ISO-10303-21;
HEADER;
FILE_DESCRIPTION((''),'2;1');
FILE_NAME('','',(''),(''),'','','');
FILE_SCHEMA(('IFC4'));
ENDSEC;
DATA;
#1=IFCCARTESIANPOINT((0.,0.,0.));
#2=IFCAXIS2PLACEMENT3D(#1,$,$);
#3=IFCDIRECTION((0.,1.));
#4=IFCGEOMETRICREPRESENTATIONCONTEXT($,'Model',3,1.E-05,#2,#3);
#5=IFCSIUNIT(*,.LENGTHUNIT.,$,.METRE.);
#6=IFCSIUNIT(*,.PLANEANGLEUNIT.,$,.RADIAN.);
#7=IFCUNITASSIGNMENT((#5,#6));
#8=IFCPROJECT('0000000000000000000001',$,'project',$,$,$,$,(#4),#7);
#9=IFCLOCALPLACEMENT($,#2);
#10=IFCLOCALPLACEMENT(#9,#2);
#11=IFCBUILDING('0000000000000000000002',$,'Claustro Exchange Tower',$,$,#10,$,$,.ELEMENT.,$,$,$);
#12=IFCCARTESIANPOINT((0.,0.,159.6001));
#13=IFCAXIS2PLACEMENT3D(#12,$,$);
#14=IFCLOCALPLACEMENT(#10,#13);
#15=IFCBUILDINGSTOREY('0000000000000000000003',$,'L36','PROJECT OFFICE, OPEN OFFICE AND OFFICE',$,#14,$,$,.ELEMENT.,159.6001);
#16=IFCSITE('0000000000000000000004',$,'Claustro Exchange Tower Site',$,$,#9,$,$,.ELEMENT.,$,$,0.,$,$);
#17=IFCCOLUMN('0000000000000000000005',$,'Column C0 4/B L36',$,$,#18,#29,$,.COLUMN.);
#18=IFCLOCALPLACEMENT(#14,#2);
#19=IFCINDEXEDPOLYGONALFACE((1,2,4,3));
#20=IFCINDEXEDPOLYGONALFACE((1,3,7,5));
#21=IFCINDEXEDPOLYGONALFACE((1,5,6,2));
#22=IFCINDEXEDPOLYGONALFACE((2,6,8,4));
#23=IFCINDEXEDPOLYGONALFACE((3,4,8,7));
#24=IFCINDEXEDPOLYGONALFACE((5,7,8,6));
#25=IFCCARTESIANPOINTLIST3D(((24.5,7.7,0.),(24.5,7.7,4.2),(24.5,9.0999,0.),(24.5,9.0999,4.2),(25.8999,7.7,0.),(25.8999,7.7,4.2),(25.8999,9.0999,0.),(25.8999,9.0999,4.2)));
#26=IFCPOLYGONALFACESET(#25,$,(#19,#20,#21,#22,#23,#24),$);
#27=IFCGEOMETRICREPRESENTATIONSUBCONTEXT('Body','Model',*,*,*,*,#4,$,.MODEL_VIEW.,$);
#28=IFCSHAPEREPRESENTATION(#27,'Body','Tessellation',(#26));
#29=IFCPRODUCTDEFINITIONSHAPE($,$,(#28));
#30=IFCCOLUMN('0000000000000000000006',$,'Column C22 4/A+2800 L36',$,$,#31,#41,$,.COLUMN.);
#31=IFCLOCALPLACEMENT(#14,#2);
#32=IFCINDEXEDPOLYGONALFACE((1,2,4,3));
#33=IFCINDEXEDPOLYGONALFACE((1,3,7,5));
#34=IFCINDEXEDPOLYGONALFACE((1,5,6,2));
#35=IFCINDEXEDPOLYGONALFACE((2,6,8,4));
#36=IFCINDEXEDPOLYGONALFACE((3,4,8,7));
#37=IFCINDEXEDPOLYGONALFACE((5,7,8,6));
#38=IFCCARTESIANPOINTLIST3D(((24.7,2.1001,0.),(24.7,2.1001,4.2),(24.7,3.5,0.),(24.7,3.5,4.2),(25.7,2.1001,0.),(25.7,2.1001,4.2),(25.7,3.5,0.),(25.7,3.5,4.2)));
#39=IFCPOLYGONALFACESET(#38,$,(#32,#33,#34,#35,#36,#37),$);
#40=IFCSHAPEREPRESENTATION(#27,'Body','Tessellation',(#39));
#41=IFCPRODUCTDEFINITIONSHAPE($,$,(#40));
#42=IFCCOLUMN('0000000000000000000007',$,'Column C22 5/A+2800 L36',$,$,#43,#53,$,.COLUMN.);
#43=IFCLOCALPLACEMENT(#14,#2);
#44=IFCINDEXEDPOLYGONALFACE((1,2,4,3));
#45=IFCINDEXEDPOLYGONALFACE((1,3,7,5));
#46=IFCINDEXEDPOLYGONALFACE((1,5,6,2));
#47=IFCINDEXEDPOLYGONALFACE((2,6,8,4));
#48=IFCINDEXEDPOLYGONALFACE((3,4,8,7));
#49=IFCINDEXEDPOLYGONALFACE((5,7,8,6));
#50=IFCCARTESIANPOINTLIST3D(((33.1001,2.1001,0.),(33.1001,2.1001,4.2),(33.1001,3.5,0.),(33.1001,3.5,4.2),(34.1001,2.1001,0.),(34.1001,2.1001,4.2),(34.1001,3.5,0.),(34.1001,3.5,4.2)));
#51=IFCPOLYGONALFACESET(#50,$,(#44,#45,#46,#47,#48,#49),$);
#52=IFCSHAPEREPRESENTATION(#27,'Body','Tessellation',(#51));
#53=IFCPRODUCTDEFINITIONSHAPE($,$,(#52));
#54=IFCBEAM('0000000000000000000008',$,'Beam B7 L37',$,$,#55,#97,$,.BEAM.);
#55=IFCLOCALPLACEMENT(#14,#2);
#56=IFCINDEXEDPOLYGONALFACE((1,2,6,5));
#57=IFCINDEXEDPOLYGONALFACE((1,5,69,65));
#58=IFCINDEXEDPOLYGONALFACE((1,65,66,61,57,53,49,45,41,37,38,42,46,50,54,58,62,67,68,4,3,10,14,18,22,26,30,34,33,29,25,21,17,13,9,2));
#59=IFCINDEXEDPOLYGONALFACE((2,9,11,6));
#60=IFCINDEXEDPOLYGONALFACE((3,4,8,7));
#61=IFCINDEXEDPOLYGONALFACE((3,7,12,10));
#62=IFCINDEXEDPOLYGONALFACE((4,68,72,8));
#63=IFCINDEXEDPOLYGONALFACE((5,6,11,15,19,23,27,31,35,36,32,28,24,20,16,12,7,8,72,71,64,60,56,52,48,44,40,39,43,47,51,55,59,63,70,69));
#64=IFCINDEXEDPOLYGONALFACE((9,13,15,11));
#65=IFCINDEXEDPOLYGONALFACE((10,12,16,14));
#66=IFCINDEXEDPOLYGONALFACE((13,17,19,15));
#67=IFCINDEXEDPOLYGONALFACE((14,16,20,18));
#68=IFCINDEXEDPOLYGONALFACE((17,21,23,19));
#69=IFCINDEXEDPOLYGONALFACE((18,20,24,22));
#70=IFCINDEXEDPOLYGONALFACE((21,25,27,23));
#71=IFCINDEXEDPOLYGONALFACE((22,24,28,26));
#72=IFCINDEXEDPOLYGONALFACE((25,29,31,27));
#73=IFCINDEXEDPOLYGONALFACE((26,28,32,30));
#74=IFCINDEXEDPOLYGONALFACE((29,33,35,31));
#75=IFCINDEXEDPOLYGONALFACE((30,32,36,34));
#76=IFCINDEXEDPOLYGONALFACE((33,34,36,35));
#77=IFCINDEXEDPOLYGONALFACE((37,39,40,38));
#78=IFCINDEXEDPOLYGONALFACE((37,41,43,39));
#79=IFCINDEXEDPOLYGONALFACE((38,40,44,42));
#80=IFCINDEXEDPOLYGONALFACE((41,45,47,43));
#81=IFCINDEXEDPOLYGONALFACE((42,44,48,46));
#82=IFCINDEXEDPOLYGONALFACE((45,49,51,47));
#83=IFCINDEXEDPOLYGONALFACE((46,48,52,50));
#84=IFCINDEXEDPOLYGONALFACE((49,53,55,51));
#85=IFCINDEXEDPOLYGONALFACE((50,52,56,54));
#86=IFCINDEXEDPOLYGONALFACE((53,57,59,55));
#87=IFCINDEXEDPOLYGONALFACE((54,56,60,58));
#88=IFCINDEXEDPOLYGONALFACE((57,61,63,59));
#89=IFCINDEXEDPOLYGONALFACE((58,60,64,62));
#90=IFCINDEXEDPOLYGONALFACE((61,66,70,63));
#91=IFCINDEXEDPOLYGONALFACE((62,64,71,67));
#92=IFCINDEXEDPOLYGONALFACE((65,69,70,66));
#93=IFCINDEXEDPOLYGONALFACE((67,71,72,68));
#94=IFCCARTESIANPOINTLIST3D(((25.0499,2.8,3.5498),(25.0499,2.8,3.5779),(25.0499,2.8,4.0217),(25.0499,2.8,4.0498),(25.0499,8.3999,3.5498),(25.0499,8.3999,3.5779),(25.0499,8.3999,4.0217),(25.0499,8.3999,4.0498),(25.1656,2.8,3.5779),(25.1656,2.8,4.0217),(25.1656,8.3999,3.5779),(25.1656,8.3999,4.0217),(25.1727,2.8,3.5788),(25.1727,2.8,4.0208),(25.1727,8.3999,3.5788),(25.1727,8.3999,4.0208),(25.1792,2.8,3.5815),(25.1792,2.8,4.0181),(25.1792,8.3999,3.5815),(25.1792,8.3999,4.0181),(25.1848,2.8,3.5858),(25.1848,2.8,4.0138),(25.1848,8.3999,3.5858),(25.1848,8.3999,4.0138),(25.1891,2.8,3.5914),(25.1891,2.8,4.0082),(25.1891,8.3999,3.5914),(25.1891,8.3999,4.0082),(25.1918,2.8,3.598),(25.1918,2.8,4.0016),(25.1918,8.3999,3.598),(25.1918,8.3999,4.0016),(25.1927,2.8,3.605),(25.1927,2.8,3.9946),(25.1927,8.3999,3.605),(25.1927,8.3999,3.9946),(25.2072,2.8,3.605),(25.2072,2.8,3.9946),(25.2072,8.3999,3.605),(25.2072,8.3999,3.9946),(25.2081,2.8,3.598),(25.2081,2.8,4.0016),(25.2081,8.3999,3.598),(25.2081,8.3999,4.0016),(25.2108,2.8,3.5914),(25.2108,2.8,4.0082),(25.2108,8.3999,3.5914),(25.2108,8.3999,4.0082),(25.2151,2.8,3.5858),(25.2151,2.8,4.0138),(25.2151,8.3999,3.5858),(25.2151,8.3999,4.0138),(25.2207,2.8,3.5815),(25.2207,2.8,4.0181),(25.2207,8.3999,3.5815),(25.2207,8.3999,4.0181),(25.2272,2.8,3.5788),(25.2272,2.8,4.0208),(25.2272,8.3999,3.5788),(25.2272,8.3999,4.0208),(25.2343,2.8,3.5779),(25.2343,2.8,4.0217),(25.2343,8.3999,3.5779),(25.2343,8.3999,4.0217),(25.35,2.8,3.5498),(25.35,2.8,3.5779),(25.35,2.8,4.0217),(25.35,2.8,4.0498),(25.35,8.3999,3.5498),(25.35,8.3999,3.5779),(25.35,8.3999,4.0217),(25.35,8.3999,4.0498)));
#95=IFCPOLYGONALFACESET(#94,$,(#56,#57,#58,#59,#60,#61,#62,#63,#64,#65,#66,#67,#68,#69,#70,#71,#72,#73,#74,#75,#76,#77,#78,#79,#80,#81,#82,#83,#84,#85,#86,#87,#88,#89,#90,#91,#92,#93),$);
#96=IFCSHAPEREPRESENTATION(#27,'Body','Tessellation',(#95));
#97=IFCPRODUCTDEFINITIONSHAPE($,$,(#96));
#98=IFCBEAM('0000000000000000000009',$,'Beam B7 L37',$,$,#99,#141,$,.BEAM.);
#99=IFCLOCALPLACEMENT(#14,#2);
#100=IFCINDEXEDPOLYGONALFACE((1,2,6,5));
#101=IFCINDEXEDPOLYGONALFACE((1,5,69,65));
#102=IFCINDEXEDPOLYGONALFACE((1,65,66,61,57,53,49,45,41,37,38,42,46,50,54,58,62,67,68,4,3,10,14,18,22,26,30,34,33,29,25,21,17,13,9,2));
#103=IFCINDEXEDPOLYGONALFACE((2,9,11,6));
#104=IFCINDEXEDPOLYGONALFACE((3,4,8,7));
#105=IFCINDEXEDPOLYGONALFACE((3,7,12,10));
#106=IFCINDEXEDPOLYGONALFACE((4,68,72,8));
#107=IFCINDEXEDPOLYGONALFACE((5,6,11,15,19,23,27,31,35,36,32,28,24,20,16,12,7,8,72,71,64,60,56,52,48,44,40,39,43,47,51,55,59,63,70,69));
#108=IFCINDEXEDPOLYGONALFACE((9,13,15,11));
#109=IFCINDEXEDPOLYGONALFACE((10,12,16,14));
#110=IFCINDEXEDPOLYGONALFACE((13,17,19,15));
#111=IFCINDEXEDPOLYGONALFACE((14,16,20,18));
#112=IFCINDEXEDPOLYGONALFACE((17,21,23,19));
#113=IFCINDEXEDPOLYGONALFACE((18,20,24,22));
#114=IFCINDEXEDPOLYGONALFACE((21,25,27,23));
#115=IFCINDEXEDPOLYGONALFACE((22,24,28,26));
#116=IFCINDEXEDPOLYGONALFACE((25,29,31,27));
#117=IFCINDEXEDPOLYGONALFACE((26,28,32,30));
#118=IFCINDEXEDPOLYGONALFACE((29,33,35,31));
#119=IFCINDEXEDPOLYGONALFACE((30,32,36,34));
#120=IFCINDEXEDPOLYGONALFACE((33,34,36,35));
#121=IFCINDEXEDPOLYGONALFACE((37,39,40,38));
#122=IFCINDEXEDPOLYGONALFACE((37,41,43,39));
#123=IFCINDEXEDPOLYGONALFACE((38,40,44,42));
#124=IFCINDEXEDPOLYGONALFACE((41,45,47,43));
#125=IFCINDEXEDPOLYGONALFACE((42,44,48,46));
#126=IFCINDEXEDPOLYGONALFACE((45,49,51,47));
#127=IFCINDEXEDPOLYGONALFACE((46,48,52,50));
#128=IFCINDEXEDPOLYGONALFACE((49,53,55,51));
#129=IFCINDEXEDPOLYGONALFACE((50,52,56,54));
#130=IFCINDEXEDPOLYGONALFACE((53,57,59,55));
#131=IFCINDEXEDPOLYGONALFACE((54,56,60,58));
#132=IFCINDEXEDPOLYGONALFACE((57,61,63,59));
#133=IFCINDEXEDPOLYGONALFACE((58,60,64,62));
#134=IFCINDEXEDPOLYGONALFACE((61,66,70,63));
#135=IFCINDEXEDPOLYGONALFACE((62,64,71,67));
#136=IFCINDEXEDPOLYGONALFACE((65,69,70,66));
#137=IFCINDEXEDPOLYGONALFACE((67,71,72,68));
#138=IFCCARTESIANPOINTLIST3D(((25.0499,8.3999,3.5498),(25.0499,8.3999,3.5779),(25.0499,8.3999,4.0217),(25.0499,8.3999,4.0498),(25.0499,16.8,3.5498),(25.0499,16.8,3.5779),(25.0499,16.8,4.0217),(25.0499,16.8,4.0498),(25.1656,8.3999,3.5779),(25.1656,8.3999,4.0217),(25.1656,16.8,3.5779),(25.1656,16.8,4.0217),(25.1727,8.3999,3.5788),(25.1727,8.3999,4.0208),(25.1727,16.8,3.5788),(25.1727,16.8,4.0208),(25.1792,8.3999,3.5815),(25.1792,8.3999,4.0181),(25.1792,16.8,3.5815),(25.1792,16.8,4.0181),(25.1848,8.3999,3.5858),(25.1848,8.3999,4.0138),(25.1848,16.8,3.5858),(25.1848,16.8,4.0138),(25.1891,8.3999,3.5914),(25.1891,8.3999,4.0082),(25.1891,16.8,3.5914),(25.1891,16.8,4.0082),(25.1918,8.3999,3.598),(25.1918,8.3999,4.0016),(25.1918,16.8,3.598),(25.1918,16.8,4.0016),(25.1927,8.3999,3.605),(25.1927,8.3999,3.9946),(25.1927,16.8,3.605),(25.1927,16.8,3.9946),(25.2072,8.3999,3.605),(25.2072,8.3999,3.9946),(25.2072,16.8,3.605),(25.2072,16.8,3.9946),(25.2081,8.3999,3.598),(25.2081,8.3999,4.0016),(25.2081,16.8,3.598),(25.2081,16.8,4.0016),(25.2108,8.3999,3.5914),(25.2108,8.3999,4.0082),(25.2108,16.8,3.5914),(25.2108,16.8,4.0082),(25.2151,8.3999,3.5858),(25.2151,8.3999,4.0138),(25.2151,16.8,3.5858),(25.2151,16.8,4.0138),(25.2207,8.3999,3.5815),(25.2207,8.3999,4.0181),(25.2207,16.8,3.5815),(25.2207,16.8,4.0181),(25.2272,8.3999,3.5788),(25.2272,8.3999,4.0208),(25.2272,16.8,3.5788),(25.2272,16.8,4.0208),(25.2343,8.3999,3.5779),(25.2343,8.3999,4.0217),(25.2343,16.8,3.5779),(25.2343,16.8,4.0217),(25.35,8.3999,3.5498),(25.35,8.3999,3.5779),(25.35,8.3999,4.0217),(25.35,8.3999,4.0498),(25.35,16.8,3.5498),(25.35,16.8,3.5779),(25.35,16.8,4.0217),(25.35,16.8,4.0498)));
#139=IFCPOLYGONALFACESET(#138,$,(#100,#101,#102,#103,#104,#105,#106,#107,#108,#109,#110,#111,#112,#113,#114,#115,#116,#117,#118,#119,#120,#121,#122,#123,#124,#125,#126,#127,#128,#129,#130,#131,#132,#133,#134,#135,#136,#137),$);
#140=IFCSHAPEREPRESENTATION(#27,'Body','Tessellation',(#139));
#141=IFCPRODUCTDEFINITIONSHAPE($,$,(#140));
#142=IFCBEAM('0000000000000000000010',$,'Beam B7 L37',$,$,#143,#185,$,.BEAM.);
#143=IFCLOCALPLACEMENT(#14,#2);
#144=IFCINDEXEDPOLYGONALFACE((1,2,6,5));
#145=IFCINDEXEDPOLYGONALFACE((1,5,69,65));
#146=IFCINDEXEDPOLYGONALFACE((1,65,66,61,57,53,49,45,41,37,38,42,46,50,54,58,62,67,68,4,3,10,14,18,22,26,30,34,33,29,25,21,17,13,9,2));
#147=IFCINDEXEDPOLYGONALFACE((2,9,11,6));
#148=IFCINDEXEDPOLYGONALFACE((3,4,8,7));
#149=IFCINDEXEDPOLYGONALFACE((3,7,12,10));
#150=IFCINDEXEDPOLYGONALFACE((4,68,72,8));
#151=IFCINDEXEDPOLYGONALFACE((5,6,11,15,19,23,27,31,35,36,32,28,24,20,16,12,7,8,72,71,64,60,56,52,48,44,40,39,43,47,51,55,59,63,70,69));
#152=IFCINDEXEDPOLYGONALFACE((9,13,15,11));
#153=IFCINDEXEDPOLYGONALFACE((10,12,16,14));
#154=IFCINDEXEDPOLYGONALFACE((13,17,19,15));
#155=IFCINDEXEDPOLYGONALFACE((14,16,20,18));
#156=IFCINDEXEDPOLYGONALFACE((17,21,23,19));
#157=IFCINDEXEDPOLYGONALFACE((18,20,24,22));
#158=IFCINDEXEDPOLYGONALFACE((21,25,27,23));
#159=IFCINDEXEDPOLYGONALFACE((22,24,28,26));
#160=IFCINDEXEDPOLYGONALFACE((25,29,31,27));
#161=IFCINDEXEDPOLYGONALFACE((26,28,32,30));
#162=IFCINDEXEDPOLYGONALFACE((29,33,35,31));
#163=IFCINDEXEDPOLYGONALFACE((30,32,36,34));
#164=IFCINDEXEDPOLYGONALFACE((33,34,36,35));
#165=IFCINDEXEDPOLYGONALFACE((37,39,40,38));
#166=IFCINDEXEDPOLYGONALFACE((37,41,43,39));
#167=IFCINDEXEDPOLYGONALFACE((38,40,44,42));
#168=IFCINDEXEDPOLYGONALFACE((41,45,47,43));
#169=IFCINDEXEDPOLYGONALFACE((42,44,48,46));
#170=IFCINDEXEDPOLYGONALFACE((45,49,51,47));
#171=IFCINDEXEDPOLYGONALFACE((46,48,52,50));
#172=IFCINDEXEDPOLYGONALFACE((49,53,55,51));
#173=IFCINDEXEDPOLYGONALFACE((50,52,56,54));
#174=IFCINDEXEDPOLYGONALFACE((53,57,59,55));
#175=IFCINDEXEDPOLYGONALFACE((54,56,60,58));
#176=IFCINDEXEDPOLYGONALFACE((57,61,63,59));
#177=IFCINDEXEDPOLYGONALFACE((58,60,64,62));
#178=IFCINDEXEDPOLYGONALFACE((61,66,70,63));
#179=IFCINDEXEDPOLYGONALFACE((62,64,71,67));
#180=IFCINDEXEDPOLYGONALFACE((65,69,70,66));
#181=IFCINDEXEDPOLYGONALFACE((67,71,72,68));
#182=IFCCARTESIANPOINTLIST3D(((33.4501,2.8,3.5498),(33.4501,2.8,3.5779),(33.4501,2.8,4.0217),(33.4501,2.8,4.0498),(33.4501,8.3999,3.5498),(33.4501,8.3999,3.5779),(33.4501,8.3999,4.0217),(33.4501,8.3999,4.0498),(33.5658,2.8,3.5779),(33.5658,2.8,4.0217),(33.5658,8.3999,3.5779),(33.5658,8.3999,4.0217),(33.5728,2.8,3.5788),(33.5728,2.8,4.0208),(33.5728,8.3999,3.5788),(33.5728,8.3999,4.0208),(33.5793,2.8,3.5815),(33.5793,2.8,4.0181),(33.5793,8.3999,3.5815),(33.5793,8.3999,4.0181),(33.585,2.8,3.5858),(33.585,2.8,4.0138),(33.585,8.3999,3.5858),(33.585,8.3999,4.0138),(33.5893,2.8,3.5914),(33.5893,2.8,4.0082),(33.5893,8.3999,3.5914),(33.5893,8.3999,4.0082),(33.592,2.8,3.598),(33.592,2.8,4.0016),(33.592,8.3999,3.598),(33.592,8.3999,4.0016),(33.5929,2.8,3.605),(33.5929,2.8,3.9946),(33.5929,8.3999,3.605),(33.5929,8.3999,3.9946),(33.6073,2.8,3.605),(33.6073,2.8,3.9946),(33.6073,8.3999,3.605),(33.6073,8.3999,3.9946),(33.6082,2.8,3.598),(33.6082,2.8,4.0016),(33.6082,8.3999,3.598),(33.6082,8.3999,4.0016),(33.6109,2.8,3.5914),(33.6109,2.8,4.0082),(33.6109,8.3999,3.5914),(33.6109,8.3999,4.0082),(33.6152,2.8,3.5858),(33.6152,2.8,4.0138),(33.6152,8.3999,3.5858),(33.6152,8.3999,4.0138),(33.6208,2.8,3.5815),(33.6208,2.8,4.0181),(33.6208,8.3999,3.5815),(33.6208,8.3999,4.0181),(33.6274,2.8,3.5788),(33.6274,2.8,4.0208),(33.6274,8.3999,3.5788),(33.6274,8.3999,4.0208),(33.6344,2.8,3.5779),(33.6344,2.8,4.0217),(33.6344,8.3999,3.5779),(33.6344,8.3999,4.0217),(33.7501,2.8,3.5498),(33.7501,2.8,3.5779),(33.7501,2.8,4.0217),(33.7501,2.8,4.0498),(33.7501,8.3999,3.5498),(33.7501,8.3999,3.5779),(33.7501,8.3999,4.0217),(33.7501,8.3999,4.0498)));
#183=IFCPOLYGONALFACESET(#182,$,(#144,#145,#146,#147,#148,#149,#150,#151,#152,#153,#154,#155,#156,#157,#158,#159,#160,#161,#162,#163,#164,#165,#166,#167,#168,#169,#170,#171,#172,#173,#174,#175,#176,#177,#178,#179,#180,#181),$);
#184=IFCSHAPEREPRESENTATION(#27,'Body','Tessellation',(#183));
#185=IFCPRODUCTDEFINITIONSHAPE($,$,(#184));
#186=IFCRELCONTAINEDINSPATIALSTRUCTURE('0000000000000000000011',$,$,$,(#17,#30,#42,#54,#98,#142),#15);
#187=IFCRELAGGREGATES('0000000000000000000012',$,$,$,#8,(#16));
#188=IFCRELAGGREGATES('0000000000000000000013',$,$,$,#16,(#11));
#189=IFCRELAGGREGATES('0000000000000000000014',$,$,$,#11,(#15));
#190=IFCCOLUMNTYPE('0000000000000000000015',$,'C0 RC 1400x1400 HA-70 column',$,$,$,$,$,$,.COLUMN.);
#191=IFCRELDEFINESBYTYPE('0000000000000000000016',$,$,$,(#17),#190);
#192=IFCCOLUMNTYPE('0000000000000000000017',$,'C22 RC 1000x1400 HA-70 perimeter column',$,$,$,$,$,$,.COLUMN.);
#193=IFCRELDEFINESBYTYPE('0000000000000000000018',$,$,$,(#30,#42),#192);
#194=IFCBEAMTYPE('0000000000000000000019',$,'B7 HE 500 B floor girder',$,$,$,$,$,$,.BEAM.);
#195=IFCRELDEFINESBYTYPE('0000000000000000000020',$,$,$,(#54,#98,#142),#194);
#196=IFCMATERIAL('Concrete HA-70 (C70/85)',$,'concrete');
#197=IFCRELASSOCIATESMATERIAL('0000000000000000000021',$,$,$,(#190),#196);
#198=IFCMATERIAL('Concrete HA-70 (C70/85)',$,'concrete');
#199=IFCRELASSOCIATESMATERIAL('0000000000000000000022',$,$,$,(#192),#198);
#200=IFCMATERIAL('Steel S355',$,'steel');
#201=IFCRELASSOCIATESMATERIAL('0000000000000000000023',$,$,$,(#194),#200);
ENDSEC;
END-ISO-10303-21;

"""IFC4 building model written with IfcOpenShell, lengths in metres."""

from ifc_helpers import new_model, si_unit, direction, frame, origin, origin_2d, place, context, subcontext, project, spatial, rectangle, i_section, extrude, material, material_profile, profile_set, type_object, element, save


model = new_model("IFC4")

# Units and contexts
model_context = context("Model", 3, precision=1e-05, world=origin(), true_north=direction((0.0, 1.0)))
body_context = subcontext(model_context, "Body", "Model", "MODEL_VIEW")
ifc_project = project(units=[si_unit("LENGTHUNIT", "METRE"), si_unit("PLANEANGLEUNIT", "RADIAN")], contexts=[model_context])

# Site, building, storey
site_placement = place(None, origin())
site = spatial("IfcSite", under=ifc_project, at=site_placement, Name="Claustro Exchange Tower Site", CompositionType="ELEMENT", RefElevation=0.0)
building_placement = place(site_placement, origin())
building = spatial("IfcBuilding", under=site, at=building_placement, Name="Claustro Exchange Tower", CompositionType="ELEMENT")
storey_placement = place(building_placement, frame((0.0, 0.0, 159.6001)))
storey = spatial("IfcBuildingStorey", under=building, at=storey_placement, Name="L36", Description="PROJECT OFFICE, OPEN OFFICE AND OFFICE", CompositionType="ELEMENT", Elevation=159.6001)

# Columns
ifc_material_1 = material(Name="Concrete HA-70 (C70/85)", Category="concrete")
ifc_material_profile_1 = material_profile(ifc_material_1, rectangle(XDim=1.3999, YDim=1.3999, at=origin_2d()), Name="RC 1400x1400")
ifc_profile_set_1 = profile_set([ifc_material_profile_1], Name="Concrete HA-70 (C70/85)")
column_type_1 = type_object("IfcColumnType", Name="C0 RC 1400x1400 HA-70 column", PredefinedType="COLUMN", material=ifc_profile_set_1)
column_placement = place(storey_placement, frame((25.2, 8.3999, 0.0), z_axis=(0.0, 0.0, 1.0), x_axis=(1.0, 0.0, 0.0)))
element("IfcColumn", 1, at=column_placement, inside=storey, type_object=column_type_1, Name="Column C0 4/B L36", PredefinedType="COLUMN", context=body_context, shape_type="SweptSolid", body=[
    extrude(rectangle(XDim=1.3999, YDim=1.3999, at=origin_2d()), origin(), (0.0, 0.0, 1.0), 4.2),
])
ifc_material_2 = material(Name="Concrete HA-70 (C70/85)", Category="concrete")
ifc_material_profile_2 = material_profile(ifc_material_2, rectangle(XDim=1.0, YDim=1.3999, at=origin_2d()), Name="RC 1000x1400")
ifc_profile_set_2 = profile_set([ifc_material_profile_2], Name="Concrete HA-70 (C70/85)")
column_type_2 = type_object("IfcColumnType", Name="C22 RC 1000x1400 HA-70 perimeter column", PredefinedType="COLUMN", material=ifc_profile_set_2)
for number, where, z_axis, x_axis, name in (
    (2, (25.2, 2.8, 0.0), (0.0, 0.0, 1.0), (1.0, 0.0, 0.0), "Column C22 4/A+2800 L36"),
    (3, (33.6001, 2.8, 0.0), (0.0, 0.0, 1.0), (1.0, 0.0, 0.0), "Column C22 5/A+2800 L36"),
):
    element("IfcColumn", number, at=place(storey_placement, frame(where, z_axis=z_axis, x_axis=x_axis)), inside=storey, type_object=column_type_2, Name=name, PredefinedType="COLUMN", context=body_context, shape_type="SweptSolid", body=[
        extrude(rectangle(XDim=1.0, YDim=1.3999, at=origin_2d()), origin(), (0.0, 0.0, 1.0), 4.2),
    ])

# Beams
ifc_material_3 = material(Name="Steel S355", Category="steel")
ifc_material_profile_3 = material_profile(ifc_material_3, i_section(OverallWidth=0.3, OverallDepth=0.5, WebThickness=0.0144, FlangeThickness=0.0281, FilletRadius=0.0271, at=origin_2d()), Name="HE 500 B")
ifc_profile_set_3 = profile_set([ifc_material_profile_3], Name="Steel S355")
beam_type_1 = type_object("IfcBeamType", Name="B7 HE 500 B floor girder", PredefinedType="BEAM", material=ifc_profile_set_3)
beam_1_placement = place(storey_placement, frame((25.2, 2.8, 3.7998), z_axis=(0.0, 1.0, 0.0), x_axis=(-1.0, 0.0, 0.0)))
element("IfcBeam", 4, at=beam_1_placement, inside=storey, type_object=beam_type_1, Name="Beam B7 L37", PredefinedType="BEAM", context=body_context, shape_type="SweptSolid", body=[
    extrude(i_section(OverallWidth=0.3, OverallDepth=0.5, WebThickness=0.0144, FlangeThickness=0.0281, FilletRadius=0.0271, at=origin_2d()), origin(), (0.0, 0.0, 1.0), 5.5999),
])
beam_2_placement = place(storey_placement, frame((25.2, 8.3999, 3.7998), z_axis=(0.0, 1.0, 0.0), x_axis=(-1.0, 0.0, 0.0)))
element("IfcBeam", 5, at=beam_2_placement, inside=storey, type_object=beam_type_1, Name="Beam B7 L37", PredefinedType="BEAM", context=body_context, shape_type="SweptSolid", body=[
    extrude(i_section(OverallWidth=0.3, OverallDepth=0.5, WebThickness=0.0144, FlangeThickness=0.0281, FilletRadius=0.0271, at=origin_2d()), origin(), (0.0, 0.0, 1.0), 8.4001),
])
beam_3_placement = place(storey_placement, frame((33.6001, 2.8, 3.7998), z_axis=(0.0, 1.0, 0.0), x_axis=(-1.0, 0.0, 0.0)))
element("IfcBeam", 6, at=beam_3_placement, inside=storey, type_object=beam_type_1, Name="Beam B7 L37", PredefinedType="BEAM", context=body_context, shape_type="SweptSolid", body=[
    extrude(i_section(OverallWidth=0.3, OverallDepth=0.5, WebThickness=0.0144, FlangeThickness=0.0281, FilletRadius=0.0271, at=origin_2d()), origin(), (0.0, 0.0, 1.0), 5.5999),
])

save(model, "model.ifc")
